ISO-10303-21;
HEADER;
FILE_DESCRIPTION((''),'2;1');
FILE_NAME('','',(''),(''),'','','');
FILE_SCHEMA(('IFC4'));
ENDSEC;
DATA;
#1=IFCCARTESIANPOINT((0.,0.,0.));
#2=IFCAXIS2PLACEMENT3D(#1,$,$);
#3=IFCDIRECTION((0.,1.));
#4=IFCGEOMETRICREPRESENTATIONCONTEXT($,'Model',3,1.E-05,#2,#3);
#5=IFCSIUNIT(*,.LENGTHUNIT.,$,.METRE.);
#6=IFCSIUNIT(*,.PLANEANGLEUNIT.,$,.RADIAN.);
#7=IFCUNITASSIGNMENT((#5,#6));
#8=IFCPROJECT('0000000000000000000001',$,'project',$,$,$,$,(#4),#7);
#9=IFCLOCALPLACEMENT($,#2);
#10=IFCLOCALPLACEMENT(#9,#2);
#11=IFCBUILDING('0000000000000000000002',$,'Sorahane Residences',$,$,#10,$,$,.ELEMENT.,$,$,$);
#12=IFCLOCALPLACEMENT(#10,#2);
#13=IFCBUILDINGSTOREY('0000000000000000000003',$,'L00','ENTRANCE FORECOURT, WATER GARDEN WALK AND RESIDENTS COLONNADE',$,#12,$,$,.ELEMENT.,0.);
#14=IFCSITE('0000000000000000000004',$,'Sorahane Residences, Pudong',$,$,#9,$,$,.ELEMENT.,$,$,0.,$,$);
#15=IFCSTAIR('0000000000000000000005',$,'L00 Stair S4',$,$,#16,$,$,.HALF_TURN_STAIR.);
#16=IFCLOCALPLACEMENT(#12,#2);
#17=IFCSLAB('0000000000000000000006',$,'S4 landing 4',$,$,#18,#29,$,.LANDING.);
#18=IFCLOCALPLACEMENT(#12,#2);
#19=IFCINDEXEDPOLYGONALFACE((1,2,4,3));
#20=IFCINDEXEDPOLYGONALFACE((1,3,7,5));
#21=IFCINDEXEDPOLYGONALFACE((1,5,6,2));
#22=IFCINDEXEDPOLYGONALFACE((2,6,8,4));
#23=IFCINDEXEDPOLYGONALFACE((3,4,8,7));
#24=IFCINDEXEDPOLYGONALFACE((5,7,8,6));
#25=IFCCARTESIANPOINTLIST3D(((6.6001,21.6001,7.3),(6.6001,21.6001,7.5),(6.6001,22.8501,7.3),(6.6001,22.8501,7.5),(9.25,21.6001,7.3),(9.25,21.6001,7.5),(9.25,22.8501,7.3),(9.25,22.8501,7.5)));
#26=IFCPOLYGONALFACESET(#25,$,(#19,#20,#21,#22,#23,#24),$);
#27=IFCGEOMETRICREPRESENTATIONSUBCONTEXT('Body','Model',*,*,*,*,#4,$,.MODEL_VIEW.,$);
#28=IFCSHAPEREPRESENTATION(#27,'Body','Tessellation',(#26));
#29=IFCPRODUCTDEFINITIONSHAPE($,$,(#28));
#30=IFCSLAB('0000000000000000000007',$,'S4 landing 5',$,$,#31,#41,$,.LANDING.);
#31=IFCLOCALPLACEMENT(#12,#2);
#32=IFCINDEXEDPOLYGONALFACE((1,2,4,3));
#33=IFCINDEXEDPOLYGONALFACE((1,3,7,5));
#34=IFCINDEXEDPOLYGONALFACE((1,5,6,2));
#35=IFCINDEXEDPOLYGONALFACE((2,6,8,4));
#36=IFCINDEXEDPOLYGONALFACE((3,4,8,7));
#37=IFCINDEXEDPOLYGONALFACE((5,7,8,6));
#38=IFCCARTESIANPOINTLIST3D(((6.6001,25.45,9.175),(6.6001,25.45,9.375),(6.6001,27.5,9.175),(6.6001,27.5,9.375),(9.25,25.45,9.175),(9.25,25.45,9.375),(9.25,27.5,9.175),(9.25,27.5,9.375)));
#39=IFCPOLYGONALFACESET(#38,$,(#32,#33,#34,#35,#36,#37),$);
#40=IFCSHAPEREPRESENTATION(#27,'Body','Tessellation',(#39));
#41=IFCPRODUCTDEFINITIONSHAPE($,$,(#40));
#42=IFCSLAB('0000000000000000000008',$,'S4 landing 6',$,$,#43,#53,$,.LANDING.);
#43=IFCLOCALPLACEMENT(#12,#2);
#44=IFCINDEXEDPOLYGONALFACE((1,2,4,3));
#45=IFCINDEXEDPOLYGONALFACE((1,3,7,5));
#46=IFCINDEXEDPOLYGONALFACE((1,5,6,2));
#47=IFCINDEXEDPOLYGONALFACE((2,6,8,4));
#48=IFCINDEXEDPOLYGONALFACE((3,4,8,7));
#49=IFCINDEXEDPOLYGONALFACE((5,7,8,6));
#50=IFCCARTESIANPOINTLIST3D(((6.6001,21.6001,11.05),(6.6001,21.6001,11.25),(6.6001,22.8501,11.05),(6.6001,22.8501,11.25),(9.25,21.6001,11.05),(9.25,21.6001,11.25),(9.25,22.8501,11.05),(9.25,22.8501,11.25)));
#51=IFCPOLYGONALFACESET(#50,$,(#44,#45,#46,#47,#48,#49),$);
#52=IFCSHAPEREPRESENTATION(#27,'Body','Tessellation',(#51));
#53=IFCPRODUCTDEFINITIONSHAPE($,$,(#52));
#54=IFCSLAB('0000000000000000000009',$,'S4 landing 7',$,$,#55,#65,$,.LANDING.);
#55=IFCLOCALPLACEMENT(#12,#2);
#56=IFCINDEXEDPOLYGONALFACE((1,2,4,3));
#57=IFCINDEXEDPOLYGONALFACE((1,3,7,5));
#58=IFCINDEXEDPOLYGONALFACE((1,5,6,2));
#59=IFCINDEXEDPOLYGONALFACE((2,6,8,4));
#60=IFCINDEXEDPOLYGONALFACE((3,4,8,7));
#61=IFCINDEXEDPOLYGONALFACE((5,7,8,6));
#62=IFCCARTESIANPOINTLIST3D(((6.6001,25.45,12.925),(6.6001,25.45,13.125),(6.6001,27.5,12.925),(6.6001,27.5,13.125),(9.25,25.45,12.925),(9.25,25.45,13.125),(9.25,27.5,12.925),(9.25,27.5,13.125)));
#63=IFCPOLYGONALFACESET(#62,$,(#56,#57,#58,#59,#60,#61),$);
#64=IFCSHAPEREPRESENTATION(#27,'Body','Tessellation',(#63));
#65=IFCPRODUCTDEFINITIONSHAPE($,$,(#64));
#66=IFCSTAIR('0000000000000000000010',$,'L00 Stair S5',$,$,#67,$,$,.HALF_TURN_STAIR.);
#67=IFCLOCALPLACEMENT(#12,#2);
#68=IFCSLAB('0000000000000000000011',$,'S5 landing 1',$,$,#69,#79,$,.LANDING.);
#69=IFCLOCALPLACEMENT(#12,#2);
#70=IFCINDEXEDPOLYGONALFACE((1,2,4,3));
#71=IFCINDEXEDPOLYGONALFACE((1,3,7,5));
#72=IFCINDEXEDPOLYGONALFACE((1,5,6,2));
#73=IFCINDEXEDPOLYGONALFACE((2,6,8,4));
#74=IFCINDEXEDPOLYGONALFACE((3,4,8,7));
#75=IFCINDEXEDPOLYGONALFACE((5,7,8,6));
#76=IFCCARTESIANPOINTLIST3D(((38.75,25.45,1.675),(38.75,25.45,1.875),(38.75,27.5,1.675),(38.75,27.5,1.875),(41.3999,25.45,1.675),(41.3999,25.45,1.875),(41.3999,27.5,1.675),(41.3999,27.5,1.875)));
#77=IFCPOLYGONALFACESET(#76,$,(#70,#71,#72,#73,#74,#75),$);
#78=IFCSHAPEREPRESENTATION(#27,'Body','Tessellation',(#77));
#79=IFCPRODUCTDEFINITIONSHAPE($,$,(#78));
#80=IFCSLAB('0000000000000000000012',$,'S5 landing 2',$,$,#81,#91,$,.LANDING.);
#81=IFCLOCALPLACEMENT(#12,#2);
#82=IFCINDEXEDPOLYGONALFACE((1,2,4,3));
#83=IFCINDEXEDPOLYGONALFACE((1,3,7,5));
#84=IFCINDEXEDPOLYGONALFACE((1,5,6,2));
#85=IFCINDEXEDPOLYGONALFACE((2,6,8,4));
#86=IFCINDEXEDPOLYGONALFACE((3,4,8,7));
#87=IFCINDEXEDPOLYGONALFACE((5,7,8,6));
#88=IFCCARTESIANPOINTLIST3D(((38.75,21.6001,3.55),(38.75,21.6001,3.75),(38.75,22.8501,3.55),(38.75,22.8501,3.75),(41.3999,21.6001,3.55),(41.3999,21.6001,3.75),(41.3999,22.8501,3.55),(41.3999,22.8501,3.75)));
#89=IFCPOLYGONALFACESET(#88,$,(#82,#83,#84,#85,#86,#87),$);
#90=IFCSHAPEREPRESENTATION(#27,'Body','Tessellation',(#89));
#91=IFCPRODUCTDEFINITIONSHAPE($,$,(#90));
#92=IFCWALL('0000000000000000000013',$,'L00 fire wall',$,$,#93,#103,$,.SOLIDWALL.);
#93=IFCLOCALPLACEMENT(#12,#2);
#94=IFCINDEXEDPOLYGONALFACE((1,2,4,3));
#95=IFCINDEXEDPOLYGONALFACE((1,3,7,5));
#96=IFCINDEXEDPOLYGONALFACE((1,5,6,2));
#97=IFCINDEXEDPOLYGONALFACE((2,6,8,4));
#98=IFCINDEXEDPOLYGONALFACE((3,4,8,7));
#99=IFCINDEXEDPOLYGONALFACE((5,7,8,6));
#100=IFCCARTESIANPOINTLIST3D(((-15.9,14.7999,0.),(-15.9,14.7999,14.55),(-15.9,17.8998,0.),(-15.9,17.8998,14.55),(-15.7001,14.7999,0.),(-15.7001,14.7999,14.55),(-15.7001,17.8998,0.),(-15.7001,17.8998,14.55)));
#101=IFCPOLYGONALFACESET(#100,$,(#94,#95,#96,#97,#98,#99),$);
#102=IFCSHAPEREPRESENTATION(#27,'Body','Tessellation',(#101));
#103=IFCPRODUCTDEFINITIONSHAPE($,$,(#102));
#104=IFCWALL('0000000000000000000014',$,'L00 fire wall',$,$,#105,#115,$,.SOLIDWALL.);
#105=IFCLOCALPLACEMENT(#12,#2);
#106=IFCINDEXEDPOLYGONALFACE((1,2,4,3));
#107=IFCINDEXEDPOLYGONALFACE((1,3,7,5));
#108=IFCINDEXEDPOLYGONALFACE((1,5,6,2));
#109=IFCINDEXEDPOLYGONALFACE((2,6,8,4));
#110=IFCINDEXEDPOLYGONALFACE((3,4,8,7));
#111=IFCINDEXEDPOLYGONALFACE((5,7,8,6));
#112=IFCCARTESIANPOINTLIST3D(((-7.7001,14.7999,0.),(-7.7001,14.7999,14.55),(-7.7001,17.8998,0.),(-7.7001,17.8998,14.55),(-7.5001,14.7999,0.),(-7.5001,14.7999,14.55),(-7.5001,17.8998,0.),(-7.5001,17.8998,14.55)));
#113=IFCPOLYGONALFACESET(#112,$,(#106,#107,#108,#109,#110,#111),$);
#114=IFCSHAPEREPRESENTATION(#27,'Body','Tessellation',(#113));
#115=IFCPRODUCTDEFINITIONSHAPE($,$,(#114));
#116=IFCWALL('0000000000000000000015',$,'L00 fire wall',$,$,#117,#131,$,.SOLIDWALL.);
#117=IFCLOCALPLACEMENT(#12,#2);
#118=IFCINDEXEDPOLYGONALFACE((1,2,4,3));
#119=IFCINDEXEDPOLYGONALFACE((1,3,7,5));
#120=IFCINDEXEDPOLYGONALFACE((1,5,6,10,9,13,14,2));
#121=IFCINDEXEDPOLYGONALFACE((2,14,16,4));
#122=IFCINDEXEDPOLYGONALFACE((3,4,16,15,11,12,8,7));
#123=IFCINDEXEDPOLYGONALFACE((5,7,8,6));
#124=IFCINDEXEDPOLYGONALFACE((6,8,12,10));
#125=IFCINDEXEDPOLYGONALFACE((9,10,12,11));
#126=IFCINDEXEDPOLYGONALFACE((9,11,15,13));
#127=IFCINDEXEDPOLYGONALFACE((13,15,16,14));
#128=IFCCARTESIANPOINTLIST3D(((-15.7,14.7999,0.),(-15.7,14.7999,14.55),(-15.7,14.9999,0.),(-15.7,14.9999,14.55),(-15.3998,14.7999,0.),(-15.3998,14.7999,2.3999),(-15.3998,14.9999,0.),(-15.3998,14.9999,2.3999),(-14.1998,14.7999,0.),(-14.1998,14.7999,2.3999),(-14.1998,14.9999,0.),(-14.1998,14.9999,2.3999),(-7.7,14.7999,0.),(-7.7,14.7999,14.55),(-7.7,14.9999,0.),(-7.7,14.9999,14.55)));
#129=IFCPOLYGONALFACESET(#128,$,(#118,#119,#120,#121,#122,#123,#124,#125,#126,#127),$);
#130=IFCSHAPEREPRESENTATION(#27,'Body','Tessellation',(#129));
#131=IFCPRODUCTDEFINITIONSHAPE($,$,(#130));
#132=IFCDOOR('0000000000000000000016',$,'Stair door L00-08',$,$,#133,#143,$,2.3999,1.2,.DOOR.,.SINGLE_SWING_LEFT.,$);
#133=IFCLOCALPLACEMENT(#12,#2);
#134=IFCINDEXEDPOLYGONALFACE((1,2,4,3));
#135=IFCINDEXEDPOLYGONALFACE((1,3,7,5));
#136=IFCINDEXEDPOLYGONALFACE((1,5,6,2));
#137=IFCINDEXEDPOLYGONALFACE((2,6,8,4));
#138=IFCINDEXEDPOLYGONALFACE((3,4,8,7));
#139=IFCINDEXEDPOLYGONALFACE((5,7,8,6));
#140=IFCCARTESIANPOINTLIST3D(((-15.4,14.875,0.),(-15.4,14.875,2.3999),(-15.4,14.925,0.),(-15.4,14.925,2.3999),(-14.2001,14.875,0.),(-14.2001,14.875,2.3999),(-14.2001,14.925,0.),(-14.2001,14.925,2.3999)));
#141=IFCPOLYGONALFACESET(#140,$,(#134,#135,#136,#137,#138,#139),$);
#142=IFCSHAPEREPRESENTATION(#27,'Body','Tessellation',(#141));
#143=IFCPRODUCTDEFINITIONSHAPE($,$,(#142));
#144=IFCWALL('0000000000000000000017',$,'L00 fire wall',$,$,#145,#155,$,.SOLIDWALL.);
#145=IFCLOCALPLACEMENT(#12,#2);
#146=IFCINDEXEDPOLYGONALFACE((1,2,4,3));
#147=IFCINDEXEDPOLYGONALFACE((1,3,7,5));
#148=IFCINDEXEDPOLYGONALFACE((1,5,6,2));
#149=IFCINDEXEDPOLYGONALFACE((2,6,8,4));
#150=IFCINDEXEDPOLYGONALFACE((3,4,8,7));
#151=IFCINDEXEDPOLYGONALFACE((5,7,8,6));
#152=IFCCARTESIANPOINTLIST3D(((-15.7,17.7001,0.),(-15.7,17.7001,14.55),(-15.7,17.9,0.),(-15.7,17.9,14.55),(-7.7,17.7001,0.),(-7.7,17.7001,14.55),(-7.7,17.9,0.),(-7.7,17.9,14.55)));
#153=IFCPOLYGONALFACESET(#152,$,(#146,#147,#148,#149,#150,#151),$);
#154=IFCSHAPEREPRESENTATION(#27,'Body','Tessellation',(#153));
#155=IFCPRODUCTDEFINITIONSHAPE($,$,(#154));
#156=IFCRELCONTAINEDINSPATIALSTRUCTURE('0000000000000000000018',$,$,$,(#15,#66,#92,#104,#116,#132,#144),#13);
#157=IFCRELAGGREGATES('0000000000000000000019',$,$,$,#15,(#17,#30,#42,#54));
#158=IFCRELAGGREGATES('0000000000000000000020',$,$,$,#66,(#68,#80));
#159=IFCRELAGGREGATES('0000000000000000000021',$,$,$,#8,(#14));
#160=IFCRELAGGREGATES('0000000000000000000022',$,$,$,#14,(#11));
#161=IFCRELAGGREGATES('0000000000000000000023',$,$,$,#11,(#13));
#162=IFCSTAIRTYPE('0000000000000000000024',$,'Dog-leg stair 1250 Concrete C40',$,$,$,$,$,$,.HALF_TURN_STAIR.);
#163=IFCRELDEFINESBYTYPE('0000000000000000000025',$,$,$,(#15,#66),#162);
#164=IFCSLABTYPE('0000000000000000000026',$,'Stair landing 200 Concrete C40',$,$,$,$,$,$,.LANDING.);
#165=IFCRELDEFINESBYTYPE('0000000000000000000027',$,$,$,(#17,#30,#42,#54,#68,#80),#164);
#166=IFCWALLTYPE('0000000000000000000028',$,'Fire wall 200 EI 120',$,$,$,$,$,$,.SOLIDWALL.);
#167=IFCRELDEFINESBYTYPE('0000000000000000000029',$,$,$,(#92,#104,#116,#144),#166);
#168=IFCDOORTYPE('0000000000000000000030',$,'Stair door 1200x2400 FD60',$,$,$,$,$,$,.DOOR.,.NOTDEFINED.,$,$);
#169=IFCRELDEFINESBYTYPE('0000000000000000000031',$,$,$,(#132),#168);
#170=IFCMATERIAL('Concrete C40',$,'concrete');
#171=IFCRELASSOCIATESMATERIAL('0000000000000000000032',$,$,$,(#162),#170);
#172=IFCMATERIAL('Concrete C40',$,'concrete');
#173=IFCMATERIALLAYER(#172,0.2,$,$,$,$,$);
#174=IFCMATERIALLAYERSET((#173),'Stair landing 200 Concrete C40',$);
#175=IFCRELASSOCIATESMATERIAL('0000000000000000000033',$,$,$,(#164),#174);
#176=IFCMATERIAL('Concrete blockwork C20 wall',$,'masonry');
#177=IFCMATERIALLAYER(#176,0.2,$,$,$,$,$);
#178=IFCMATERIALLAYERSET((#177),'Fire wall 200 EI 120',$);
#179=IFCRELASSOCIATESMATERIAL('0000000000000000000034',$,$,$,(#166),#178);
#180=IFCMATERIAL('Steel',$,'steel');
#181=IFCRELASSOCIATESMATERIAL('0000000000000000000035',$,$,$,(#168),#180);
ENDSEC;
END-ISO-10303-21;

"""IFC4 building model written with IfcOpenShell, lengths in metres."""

from ifc_helpers import new_model, si_unit, direction, frame, frame_2d, origin, place, context, subcontext, project, spatial, polyline, rectangle, outline, extrude, material, layer, layer_set, type_object, element, fill, aggregate, save


model = new_model("IFC4")

# Units and contexts
model_context = context("Model", 3, precision=1e-05, world=origin(), true_north=direction((0.0, 1.0)))
body_context = subcontext(model_context, "Body", "Model", "MODEL_VIEW")
ifc_project = project(units=[si_unit("LENGTHUNIT", "METRE"), si_unit("PLANEANGLEUNIT", "RADIAN")], contexts=[model_context])

# Site, building, storey
site_placement = place(None, origin())
site = spatial("IfcSite", under=ifc_project, at=site_placement, Name="Sorahane Residences, Pudong", CompositionType="ELEMENT", RefElevation=0.0)
building_placement = place(site_placement, origin())
building = spatial("IfcBuilding", under=site, at=building_placement, Name="Sorahane Residences", CompositionType="ELEMENT")
storey_placement = place(building_placement, origin())
storey = spatial("IfcBuildingStorey", under=building, at=storey_placement, Name="L00", Description="ENTRANCE FORECOURT, WATER GARDEN WALK AND RESIDENTS COLONNADE", CompositionType="ELEMENT", Elevation=0.0)

# Shared definitions
ifc_material_1 = material(Name="Concrete C40", Category="concrete")
stair_type = type_object("IfcStairType", Name="Dog-leg stair 1250 Concrete C40", PredefinedType="HALF_TURN_STAIR", material=ifc_material_1)
ifc_material_2 = material(Name="Concrete C40", Category="concrete")
ifc_layer_1 = layer(ifc_material_2, 0.2)
ifc_layer_set_1 = layer_set([ifc_layer_1], Name="Stair landing 200 Concrete C40")
slab_type = type_object("IfcSlabType", Name="Stair landing 200 Concrete C40", PredefinedType="LANDING", material=ifc_layer_set_1)

# Stairs, slabs
stair_1_placement = place(storey_placement, origin())
stair_1 = element("IfcStair", 1, at=stair_1_placement, inside=storey, type_object=stair_type, Name="L00 Stair S4", PredefinedType="HALF_TURN_STAIR")
slab_1_placement = place(storey_placement, frame((0.0, 0.0, 7.3)))
slab_1 = element("IfcSlab", 2, at=slab_1_placement, type_object=slab_type, Name="S4 landing 4", PredefinedType="LANDING", context=body_context, shape_type="SweptSolid", body=[
    extrude(outline(polyline([(9.25, 21.6001), (9.25, 22.8501), (6.6001, 22.8501), (6.6001, 21.6001), (9.25, 21.6001)])), origin(), (0.0, 0.0, 1.0), 0.2),
])
slab_2_placement = place(storey_placement, frame((0.0, 0.0, 9.175)))
slab_2 = element("IfcSlab", 3, at=slab_2_placement, type_object=slab_type, Name="S4 landing 5", PredefinedType="LANDING", context=body_context, shape_type="SweptSolid", body=[
    extrude(outline(polyline([(9.25, 25.45), (9.25, 27.5), (6.6001, 27.5), (6.6001, 25.45), (9.25, 25.45)])), origin(), (0.0, 0.0, 1.0), 0.2),
])
slab_3_placement = place(storey_placement, frame((0.0, 0.0, 11.05)))
slab_3 = element("IfcSlab", 4, at=slab_3_placement, type_object=slab_type, Name="S4 landing 6", PredefinedType="LANDING", context=body_context, shape_type="SweptSolid", body=[
    extrude(outline(polyline([(9.25, 21.6001), (9.25, 22.8501), (6.6001, 22.8501), (6.6001, 21.6001), (9.25, 21.6001)])), origin(), (0.0, 0.0, 1.0), 0.2),
])
slab_4_placement = place(storey_placement, frame((0.0, 0.0, 12.925)))
slab_4 = element("IfcSlab", 5, at=slab_4_placement, type_object=slab_type, Name="S4 landing 7", PredefinedType="LANDING", context=body_context, shape_type="SweptSolid", body=[
    extrude(outline(polyline([(9.25, 25.45), (9.25, 27.5), (6.6001, 27.5), (6.6001, 25.45), (9.25, 25.45)])), origin(), (0.0, 0.0, 1.0), 0.2),
])
aggregate(stair_1, [slab_1, slab_2, slab_3, slab_4])
stair_2_placement = place(storey_placement, origin())
stair_2 = element("IfcStair", 6, at=stair_2_placement, inside=storey, type_object=stair_type, Name="L00 Stair S5", PredefinedType="HALF_TURN_STAIR")
slab_5_placement = place(storey_placement, frame((0.0, 0.0, 1.675)))
slab_5 = element("IfcSlab", 7, at=slab_5_placement, type_object=slab_type, Name="S5 landing 1", PredefinedType="LANDING", context=body_context, shape_type="SweptSolid", body=[
    extrude(outline(polyline([(41.3999, 25.45), (41.3999, 27.5), (38.75, 27.5), (38.75, 25.45), (41.3999, 25.45)])), origin(), (0.0, 0.0, 1.0), 0.2),
])
slab_6_placement = place(storey_placement, frame((0.0, 0.0, 3.55)))
slab_6 = element("IfcSlab", 8, at=slab_6_placement, type_object=slab_type, Name="S5 landing 2", PredefinedType="LANDING", context=body_context, shape_type="SweptSolid", body=[
    extrude(outline(polyline([(41.3999, 21.6001), (41.3999, 22.8501), (38.75, 22.8501), (38.75, 21.6001), (41.3999, 21.6001)])), origin(), (0.0, 0.0, 1.0), 0.2),
])
aggregate(stair_2, [slab_5, slab_6])

# Walls
ifc_material_3 = material(Name="Concrete blockwork C20 wall", Category="masonry")
ifc_layer_2 = layer(ifc_material_3, 0.2)
ifc_layer_set_2 = layer_set([ifc_layer_2], Name="Fire wall 200 EI 120")
wall_type = type_object("IfcWallType", Name="Fire wall 200 EI 120", PredefinedType="SOLIDWALL", material=ifc_layer_set_2)
for number, where, z_axis, x_axis, name in (
    (9, (-15.8, 14.8, 0.0), (0.0, 0.0, 1.0), (0.0, 1.0, 0.0), "L00 fire wall"),
    (10, (-7.6001, 14.8, 0.0), (0.0, 0.0, 1.0), (0.0, 1.0, 0.0), "L00 fire wall"),
):
    element("IfcWall", number, at=place(storey_placement, frame(where, z_axis=z_axis, x_axis=x_axis)), inside=storey, type_object=wall_type, Name=name, PredefinedType="SOLIDWALL", context=body_context, shape_type="SweptSolid", body=[
        extrude(rectangle(XDim=3.0999, YDim=0.2, at=frame_2d((1.5498, 0.0))), origin(), (0.0, 0.0, 1.0), 14.55),
    ])

# Wall, opening, door
wall_1_placement = place(storey_placement, frame((-15.7, 14.8999, 0.0), z_axis=(0.0, 0.0, 1.0), x_axis=(1.0, 0.0, 0.0)))
wall_1 = element("IfcWall", 11, at=wall_1_placement, inside=storey, type_object=wall_type, Name="L00 fire wall", PredefinedType="SOLIDWALL", context=body_context, shape_type="SweptSolid", body=[
    extrude(rectangle(XDim=8.0, YDim=0.2, at=frame_2d((4.0, 0.0))), origin(), (0.0, 0.0, 1.0), 14.55),
])
opening_placement = place(wall_1_placement, frame((0.3, 0.0, 0.0)))
opening = element("IfcOpeningElement", 12, at=opening_placement, cuts=wall_1, PredefinedType="OPENING", context=body_context, shape_type="SweptSolid", body=[
    extrude(rectangle(XDim=1.2, YDim=2.3999, at=frame_2d((0.6001, 1.2))), frame((0.0, 0.1099, 0.0), z_axis=(0.0, -1.0, 0.0), x_axis=(1.0, 0.0, 0.0)), (0.0, 0.0, 1.0), 0.22),
])
ifc_material_4 = material(Name="Steel", Category="steel")
door_type = type_object("IfcDoorType", Name="Stair door 1200x2400 FD60", OperationType="NOTDEFINED", PredefinedType="DOOR", material=ifc_material_4)
door_placement = place(opening_placement, frame((1.2, 0.0, 0.0), z_axis=(0.0, 0.0, 1.0), x_axis=(-1.0, 0.0, 0.0)))
door = element("IfcDoor", 13, at=door_placement, inside=storey, type_object=door_type, Name="Stair door L00-08", OperationType="SINGLE_SWING_LEFT", OverallHeight=2.3999, OverallWidth=1.2, PredefinedType="DOOR", context=body_context, shape_type="SweptSolid", body=[
    extrude(rectangle(XDim=1.2, YDim=2.3999, at=frame_2d((0.6001, 1.2))), frame((0.0, 0.0249, 0.0), z_axis=(0.0, -1.0, 0.0), x_axis=(1.0, 0.0, 0.0)), (0.0, 0.0, 1.0), 0.05),
])
fill(opening, door)

# Wall
wall_2_placement = place(storey_placement, frame((-15.7, 17.8, 0.0), z_axis=(0.0, 0.0, 1.0), x_axis=(1.0, 0.0, 0.0)))
element("IfcWall", 14, at=wall_2_placement, inside=storey, type_object=wall_type, Name="L00 fire wall", PredefinedType="SOLIDWALL", context=body_context, shape_type="SweptSolid", body=[
    extrude(rectangle(XDim=8.0, YDim=0.2, at=frame_2d((4.0, 0.0))), origin(), (0.0, 0.0, 1.0), 14.55),
])

save(model, "model.ifc")
